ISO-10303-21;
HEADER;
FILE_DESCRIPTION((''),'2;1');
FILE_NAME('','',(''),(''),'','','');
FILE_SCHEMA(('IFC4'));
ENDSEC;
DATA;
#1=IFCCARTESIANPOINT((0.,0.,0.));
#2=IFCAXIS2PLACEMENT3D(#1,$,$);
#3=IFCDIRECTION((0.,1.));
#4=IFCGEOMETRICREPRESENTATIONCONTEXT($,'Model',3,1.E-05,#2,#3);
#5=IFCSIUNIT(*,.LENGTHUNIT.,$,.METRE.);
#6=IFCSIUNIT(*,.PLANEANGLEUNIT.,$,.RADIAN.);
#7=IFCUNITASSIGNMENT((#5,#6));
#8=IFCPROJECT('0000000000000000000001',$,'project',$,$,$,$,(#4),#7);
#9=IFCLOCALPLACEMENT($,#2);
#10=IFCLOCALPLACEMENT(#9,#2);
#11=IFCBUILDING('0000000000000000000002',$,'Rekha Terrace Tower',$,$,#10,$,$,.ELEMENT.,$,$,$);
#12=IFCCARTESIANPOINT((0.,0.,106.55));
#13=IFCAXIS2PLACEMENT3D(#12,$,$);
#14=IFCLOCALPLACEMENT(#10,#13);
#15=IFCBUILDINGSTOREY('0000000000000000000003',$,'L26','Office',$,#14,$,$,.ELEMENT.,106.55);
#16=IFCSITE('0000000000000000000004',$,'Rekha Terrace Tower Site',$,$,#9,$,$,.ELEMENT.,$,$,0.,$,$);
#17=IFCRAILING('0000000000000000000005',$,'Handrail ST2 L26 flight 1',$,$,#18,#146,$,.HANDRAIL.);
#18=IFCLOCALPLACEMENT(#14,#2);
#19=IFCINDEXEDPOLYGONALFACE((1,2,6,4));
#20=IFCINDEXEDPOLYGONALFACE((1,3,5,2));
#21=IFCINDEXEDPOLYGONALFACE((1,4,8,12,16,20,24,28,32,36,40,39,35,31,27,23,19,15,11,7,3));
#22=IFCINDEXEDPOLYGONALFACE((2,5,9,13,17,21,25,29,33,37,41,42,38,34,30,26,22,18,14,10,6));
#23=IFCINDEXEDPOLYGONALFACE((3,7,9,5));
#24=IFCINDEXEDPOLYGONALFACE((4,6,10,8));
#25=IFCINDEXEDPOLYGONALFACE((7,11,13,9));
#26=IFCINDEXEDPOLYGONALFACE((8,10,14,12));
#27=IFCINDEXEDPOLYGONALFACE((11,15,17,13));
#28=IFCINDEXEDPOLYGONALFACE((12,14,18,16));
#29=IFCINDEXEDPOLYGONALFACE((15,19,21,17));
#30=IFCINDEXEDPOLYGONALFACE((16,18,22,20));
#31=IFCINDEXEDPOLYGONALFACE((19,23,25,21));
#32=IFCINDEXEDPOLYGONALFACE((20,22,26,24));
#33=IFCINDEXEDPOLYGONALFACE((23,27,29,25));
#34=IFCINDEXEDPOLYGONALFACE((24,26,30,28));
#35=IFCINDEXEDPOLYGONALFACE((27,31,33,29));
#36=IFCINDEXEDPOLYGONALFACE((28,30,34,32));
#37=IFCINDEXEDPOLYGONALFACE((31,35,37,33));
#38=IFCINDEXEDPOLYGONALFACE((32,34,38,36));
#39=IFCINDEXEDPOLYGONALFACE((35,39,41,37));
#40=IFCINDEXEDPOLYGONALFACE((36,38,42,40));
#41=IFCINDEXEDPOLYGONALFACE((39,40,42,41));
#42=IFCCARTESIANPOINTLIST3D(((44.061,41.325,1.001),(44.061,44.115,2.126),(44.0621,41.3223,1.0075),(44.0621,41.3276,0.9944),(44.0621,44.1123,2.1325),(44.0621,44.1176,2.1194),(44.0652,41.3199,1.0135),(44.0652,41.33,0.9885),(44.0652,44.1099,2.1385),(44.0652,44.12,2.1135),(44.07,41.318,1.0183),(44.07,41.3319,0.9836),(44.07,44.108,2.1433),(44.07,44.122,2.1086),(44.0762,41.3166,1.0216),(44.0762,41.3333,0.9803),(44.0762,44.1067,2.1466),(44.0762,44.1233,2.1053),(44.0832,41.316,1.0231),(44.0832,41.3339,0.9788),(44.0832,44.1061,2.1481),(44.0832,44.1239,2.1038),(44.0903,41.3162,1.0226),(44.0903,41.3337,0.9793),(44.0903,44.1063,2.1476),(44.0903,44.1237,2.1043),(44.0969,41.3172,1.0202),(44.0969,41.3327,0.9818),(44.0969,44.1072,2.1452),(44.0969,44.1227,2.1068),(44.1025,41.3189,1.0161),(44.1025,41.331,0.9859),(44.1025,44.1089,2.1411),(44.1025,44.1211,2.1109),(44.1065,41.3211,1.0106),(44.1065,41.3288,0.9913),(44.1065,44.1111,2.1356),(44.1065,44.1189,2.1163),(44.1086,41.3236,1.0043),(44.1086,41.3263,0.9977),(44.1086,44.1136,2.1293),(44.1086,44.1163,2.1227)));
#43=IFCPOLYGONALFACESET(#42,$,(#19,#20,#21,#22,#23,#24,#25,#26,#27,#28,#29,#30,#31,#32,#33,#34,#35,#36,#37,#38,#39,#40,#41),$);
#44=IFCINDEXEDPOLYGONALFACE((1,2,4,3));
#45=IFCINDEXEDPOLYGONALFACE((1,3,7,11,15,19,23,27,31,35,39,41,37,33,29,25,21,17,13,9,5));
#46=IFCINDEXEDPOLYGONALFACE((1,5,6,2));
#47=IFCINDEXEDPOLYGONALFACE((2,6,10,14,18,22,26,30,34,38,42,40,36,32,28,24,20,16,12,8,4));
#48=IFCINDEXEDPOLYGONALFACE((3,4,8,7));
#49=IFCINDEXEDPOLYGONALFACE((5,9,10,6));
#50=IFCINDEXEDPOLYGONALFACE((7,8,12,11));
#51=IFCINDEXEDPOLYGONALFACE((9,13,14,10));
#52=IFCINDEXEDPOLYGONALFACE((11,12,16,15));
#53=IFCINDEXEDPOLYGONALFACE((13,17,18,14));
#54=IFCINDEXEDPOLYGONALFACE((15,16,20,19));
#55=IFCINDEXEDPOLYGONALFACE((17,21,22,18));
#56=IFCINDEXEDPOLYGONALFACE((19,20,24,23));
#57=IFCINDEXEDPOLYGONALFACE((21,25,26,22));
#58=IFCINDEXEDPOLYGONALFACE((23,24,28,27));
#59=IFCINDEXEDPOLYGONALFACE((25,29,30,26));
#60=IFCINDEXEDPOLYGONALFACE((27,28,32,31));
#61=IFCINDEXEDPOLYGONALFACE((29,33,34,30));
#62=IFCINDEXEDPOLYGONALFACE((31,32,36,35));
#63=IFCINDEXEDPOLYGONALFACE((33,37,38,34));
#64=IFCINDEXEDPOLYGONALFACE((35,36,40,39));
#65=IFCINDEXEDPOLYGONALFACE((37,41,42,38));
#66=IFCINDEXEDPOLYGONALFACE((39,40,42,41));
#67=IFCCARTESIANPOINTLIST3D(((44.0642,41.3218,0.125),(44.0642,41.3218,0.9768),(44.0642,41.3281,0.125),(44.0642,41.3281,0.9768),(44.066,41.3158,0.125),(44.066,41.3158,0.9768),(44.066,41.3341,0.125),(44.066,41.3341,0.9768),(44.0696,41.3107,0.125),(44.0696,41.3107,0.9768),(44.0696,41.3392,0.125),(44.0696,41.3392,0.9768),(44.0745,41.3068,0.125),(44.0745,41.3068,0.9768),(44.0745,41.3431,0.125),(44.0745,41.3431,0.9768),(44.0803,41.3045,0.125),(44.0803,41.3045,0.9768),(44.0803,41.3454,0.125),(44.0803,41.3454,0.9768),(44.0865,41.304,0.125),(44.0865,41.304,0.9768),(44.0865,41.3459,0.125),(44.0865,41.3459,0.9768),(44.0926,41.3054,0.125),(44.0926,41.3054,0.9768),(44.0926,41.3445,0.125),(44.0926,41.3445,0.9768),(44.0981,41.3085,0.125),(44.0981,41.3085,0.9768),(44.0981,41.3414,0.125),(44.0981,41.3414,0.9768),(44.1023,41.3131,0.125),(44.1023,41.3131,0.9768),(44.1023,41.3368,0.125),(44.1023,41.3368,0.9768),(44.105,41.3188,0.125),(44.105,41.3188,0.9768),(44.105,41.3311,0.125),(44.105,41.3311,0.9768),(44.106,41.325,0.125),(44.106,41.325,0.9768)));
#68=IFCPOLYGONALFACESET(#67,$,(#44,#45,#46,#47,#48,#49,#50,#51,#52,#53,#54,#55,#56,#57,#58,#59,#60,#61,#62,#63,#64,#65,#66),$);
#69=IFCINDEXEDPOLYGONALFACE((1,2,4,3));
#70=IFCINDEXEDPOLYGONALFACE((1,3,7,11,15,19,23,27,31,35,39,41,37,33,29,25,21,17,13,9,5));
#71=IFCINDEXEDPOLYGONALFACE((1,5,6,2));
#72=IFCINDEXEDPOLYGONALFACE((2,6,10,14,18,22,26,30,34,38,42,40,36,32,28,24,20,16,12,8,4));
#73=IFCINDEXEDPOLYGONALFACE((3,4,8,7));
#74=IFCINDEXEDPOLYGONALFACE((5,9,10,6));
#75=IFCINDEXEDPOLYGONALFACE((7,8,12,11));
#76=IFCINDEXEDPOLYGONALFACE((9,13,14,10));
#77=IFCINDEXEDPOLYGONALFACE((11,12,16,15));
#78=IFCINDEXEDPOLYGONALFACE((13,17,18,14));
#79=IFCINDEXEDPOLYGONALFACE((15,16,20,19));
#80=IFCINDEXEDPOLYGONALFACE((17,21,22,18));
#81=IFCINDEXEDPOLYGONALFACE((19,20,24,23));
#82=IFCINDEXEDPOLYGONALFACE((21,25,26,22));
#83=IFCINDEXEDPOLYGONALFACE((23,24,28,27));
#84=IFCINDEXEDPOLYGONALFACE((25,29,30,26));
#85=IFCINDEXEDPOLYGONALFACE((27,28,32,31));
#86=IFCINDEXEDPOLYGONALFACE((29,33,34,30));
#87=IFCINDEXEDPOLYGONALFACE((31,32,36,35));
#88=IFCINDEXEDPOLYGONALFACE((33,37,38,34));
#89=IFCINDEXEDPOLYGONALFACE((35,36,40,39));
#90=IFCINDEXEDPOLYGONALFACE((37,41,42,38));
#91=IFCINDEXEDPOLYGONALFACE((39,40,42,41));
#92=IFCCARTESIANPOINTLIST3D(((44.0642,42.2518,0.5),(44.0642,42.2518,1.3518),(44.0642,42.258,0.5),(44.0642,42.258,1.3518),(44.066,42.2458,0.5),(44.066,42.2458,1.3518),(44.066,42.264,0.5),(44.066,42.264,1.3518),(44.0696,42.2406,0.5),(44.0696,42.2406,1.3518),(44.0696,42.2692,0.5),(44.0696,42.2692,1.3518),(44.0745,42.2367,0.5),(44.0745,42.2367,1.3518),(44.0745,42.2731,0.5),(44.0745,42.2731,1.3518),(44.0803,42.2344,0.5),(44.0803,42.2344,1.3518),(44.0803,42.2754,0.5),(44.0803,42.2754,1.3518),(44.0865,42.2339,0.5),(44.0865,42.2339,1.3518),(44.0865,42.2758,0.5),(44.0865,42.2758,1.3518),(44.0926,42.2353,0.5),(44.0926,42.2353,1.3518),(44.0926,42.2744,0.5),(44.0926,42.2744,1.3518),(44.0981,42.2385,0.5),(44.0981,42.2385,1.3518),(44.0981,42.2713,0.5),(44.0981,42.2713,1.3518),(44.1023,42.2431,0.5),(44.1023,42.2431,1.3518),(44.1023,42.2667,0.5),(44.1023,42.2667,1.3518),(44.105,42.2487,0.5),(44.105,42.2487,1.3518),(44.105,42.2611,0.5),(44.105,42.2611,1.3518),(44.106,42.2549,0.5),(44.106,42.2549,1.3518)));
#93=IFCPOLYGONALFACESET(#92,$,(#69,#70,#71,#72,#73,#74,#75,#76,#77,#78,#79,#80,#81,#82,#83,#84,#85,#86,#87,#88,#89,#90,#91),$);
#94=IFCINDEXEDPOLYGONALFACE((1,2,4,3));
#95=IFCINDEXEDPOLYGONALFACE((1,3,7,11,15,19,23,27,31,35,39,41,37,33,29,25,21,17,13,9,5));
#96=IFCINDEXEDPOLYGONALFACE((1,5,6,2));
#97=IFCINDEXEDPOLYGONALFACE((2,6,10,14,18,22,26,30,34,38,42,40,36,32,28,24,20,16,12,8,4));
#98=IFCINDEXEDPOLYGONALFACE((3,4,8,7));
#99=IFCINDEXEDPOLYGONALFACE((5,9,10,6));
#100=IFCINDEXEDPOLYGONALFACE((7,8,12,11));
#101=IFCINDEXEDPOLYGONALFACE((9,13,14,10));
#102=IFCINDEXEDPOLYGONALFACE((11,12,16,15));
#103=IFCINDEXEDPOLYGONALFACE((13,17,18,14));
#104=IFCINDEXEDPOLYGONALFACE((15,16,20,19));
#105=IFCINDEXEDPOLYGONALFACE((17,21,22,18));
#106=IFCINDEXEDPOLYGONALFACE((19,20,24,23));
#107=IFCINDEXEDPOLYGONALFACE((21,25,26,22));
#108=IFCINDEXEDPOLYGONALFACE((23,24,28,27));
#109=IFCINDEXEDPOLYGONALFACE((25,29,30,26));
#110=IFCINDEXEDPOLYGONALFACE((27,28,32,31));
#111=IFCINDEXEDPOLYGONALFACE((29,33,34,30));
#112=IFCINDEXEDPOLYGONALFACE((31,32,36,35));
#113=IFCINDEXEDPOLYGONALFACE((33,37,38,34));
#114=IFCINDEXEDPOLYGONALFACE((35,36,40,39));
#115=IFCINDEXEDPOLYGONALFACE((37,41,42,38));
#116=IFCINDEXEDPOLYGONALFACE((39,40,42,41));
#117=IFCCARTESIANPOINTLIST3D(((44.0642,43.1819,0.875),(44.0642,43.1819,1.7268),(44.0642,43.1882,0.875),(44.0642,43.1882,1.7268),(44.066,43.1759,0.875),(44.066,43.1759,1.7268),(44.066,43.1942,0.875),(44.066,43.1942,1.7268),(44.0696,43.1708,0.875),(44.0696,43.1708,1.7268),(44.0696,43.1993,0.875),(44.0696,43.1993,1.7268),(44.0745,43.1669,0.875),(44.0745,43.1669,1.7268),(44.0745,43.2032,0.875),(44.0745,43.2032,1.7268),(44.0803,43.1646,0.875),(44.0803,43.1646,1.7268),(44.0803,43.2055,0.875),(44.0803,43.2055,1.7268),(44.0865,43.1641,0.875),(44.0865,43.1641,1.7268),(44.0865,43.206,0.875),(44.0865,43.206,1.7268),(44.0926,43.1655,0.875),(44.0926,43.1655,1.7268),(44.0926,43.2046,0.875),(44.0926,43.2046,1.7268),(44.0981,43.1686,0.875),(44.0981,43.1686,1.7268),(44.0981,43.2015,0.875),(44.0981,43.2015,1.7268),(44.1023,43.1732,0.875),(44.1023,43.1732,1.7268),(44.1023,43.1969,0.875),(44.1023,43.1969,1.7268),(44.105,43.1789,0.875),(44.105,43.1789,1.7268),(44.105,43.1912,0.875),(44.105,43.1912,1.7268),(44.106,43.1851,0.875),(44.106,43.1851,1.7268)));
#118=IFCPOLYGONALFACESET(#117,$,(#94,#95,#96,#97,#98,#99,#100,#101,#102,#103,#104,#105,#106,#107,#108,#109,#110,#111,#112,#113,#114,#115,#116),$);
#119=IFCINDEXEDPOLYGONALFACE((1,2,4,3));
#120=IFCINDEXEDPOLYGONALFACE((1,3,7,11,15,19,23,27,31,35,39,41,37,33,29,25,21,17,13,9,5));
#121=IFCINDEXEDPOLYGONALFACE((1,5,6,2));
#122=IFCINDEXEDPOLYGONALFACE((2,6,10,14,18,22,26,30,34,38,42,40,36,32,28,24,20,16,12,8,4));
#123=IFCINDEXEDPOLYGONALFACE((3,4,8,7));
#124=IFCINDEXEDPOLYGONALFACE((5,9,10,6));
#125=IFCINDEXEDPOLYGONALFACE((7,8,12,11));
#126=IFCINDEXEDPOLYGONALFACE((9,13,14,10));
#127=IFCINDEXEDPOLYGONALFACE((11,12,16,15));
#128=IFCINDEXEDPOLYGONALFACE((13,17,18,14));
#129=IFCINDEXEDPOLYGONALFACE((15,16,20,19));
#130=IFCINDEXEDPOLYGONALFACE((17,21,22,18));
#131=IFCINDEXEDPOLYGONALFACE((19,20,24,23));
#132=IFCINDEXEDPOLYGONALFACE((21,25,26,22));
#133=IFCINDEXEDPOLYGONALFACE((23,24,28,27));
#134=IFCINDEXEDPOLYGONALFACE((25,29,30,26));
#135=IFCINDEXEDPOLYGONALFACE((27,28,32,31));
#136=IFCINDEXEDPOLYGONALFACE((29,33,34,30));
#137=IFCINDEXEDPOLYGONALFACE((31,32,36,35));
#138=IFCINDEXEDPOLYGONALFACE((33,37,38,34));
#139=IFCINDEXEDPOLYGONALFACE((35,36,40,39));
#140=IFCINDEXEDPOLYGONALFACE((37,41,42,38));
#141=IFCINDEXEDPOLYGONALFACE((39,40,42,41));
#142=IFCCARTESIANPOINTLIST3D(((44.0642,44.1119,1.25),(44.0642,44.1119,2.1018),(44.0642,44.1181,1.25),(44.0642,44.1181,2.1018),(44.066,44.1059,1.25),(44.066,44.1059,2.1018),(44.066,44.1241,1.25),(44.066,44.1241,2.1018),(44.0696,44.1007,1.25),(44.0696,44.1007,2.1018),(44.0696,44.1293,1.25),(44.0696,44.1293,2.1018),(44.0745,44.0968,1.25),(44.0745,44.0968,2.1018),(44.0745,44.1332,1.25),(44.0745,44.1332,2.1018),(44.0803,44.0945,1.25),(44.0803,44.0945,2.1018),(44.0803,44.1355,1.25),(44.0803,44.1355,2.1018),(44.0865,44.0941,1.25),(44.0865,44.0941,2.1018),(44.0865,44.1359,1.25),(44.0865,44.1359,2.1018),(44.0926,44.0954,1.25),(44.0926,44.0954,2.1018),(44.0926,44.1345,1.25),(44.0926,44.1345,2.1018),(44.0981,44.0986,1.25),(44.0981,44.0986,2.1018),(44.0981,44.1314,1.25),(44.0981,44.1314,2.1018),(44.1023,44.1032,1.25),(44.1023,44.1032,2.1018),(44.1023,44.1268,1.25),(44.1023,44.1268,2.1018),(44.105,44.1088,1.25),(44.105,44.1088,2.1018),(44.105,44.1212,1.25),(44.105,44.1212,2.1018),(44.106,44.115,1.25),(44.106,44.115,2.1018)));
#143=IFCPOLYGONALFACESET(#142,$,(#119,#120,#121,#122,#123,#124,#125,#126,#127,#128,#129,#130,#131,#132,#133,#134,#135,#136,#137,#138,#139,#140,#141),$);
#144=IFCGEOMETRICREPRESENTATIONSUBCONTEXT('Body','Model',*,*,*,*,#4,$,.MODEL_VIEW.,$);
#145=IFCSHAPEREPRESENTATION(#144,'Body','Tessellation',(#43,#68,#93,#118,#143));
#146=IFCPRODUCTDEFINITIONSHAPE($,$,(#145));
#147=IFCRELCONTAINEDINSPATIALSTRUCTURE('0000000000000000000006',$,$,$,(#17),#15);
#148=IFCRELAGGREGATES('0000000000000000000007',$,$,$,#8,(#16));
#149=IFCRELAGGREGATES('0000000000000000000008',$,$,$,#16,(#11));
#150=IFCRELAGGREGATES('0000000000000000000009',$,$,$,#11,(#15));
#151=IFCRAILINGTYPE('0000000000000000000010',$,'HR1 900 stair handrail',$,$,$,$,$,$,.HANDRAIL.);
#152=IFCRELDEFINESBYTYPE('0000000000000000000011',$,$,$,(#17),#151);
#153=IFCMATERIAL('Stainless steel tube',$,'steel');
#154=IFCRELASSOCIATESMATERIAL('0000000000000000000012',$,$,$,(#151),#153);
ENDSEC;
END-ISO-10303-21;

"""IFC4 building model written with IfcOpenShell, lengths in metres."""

from ifc_helpers import new_model, si_unit, direction, frame, origin, origin_2d, place, context, subcontext, project, spatial, circle, extrude, material, type_object, element, save


model = new_model("IFC4")

# Units and contexts
model_context = context("Model", 3, precision=1e-05, world=origin(), true_north=direction((0.0, 1.0)))
body_context = subcontext(model_context, "Body", "Model", "MODEL_VIEW")
ifc_project = project(units=[si_unit("LENGTHUNIT", "METRE"), si_unit("PLANEANGLEUNIT", "RADIAN")], contexts=[model_context])

# Site, building, storey
site_placement = place(None, origin())
site = spatial("IfcSite", under=ifc_project, at=site_placement, Name="Rekha Terrace Tower Site", CompositionType="ELEMENT", RefElevation=0.0)
building_placement = place(site_placement, origin())
building = spatial("IfcBuilding", under=site, at=building_placement, Name="Rekha Terrace Tower", CompositionType="ELEMENT")
storey_placement = place(building_placement, frame((0.0, 0.0, 106.55)))
storey = spatial("IfcBuildingStorey", under=building, at=storey_placement, Name="L26", Description="Office", CompositionType="ELEMENT", Elevation=106.55)

# Railing
ifc_material_1 = material(Name="Stainless steel tube", Category="steel")
railing_type_1 = type_object("IfcRailingType", Name="HR1 900 stair handrail", PredefinedType="HANDRAIL", material=ifc_material_1)
railing_1_placement = place(storey_placement, frame((44.085, 41.325, 0.125)))
element("IfcRailing", 1, at=railing_1_placement, inside=storey, type_object=railing_type_1, Name="Handrail ST2 L26 flight 1", PredefinedType="HANDRAIL", context=body_context, shape_type="SweptSolid", body=[
    extrude(circle(Radius=0.0239, at=origin_2d()), frame((0.0, 0.0, 0.876), z_axis=(0.0, 0.927443, 0.373964), x_axis=(-1.0, 0.0, 0.0)), (0.0, 0.0, 1.0), 3.0083),
    extrude(circle(Radius=0.021, at=origin_2d()), origin(), (0.0, 0.0, 1.0), 0.8518),
    extrude(circle(Radius=0.021, at=origin_2d()), frame((0.0, 0.9299, 0.375)), (0.0, 0.0, 1.0), 0.8518),
    extrude(circle(Radius=0.021, at=origin_2d()), frame((0.0, 1.8601, 0.75)), (0.0, 0.0, 1.0), 0.8518),
    extrude(circle(Radius=0.021, at=origin_2d()), frame((0.0, 2.79, 1.125)), (0.0, 0.0, 1.0), 0.8518),
])

save(model, "model.ifc")
